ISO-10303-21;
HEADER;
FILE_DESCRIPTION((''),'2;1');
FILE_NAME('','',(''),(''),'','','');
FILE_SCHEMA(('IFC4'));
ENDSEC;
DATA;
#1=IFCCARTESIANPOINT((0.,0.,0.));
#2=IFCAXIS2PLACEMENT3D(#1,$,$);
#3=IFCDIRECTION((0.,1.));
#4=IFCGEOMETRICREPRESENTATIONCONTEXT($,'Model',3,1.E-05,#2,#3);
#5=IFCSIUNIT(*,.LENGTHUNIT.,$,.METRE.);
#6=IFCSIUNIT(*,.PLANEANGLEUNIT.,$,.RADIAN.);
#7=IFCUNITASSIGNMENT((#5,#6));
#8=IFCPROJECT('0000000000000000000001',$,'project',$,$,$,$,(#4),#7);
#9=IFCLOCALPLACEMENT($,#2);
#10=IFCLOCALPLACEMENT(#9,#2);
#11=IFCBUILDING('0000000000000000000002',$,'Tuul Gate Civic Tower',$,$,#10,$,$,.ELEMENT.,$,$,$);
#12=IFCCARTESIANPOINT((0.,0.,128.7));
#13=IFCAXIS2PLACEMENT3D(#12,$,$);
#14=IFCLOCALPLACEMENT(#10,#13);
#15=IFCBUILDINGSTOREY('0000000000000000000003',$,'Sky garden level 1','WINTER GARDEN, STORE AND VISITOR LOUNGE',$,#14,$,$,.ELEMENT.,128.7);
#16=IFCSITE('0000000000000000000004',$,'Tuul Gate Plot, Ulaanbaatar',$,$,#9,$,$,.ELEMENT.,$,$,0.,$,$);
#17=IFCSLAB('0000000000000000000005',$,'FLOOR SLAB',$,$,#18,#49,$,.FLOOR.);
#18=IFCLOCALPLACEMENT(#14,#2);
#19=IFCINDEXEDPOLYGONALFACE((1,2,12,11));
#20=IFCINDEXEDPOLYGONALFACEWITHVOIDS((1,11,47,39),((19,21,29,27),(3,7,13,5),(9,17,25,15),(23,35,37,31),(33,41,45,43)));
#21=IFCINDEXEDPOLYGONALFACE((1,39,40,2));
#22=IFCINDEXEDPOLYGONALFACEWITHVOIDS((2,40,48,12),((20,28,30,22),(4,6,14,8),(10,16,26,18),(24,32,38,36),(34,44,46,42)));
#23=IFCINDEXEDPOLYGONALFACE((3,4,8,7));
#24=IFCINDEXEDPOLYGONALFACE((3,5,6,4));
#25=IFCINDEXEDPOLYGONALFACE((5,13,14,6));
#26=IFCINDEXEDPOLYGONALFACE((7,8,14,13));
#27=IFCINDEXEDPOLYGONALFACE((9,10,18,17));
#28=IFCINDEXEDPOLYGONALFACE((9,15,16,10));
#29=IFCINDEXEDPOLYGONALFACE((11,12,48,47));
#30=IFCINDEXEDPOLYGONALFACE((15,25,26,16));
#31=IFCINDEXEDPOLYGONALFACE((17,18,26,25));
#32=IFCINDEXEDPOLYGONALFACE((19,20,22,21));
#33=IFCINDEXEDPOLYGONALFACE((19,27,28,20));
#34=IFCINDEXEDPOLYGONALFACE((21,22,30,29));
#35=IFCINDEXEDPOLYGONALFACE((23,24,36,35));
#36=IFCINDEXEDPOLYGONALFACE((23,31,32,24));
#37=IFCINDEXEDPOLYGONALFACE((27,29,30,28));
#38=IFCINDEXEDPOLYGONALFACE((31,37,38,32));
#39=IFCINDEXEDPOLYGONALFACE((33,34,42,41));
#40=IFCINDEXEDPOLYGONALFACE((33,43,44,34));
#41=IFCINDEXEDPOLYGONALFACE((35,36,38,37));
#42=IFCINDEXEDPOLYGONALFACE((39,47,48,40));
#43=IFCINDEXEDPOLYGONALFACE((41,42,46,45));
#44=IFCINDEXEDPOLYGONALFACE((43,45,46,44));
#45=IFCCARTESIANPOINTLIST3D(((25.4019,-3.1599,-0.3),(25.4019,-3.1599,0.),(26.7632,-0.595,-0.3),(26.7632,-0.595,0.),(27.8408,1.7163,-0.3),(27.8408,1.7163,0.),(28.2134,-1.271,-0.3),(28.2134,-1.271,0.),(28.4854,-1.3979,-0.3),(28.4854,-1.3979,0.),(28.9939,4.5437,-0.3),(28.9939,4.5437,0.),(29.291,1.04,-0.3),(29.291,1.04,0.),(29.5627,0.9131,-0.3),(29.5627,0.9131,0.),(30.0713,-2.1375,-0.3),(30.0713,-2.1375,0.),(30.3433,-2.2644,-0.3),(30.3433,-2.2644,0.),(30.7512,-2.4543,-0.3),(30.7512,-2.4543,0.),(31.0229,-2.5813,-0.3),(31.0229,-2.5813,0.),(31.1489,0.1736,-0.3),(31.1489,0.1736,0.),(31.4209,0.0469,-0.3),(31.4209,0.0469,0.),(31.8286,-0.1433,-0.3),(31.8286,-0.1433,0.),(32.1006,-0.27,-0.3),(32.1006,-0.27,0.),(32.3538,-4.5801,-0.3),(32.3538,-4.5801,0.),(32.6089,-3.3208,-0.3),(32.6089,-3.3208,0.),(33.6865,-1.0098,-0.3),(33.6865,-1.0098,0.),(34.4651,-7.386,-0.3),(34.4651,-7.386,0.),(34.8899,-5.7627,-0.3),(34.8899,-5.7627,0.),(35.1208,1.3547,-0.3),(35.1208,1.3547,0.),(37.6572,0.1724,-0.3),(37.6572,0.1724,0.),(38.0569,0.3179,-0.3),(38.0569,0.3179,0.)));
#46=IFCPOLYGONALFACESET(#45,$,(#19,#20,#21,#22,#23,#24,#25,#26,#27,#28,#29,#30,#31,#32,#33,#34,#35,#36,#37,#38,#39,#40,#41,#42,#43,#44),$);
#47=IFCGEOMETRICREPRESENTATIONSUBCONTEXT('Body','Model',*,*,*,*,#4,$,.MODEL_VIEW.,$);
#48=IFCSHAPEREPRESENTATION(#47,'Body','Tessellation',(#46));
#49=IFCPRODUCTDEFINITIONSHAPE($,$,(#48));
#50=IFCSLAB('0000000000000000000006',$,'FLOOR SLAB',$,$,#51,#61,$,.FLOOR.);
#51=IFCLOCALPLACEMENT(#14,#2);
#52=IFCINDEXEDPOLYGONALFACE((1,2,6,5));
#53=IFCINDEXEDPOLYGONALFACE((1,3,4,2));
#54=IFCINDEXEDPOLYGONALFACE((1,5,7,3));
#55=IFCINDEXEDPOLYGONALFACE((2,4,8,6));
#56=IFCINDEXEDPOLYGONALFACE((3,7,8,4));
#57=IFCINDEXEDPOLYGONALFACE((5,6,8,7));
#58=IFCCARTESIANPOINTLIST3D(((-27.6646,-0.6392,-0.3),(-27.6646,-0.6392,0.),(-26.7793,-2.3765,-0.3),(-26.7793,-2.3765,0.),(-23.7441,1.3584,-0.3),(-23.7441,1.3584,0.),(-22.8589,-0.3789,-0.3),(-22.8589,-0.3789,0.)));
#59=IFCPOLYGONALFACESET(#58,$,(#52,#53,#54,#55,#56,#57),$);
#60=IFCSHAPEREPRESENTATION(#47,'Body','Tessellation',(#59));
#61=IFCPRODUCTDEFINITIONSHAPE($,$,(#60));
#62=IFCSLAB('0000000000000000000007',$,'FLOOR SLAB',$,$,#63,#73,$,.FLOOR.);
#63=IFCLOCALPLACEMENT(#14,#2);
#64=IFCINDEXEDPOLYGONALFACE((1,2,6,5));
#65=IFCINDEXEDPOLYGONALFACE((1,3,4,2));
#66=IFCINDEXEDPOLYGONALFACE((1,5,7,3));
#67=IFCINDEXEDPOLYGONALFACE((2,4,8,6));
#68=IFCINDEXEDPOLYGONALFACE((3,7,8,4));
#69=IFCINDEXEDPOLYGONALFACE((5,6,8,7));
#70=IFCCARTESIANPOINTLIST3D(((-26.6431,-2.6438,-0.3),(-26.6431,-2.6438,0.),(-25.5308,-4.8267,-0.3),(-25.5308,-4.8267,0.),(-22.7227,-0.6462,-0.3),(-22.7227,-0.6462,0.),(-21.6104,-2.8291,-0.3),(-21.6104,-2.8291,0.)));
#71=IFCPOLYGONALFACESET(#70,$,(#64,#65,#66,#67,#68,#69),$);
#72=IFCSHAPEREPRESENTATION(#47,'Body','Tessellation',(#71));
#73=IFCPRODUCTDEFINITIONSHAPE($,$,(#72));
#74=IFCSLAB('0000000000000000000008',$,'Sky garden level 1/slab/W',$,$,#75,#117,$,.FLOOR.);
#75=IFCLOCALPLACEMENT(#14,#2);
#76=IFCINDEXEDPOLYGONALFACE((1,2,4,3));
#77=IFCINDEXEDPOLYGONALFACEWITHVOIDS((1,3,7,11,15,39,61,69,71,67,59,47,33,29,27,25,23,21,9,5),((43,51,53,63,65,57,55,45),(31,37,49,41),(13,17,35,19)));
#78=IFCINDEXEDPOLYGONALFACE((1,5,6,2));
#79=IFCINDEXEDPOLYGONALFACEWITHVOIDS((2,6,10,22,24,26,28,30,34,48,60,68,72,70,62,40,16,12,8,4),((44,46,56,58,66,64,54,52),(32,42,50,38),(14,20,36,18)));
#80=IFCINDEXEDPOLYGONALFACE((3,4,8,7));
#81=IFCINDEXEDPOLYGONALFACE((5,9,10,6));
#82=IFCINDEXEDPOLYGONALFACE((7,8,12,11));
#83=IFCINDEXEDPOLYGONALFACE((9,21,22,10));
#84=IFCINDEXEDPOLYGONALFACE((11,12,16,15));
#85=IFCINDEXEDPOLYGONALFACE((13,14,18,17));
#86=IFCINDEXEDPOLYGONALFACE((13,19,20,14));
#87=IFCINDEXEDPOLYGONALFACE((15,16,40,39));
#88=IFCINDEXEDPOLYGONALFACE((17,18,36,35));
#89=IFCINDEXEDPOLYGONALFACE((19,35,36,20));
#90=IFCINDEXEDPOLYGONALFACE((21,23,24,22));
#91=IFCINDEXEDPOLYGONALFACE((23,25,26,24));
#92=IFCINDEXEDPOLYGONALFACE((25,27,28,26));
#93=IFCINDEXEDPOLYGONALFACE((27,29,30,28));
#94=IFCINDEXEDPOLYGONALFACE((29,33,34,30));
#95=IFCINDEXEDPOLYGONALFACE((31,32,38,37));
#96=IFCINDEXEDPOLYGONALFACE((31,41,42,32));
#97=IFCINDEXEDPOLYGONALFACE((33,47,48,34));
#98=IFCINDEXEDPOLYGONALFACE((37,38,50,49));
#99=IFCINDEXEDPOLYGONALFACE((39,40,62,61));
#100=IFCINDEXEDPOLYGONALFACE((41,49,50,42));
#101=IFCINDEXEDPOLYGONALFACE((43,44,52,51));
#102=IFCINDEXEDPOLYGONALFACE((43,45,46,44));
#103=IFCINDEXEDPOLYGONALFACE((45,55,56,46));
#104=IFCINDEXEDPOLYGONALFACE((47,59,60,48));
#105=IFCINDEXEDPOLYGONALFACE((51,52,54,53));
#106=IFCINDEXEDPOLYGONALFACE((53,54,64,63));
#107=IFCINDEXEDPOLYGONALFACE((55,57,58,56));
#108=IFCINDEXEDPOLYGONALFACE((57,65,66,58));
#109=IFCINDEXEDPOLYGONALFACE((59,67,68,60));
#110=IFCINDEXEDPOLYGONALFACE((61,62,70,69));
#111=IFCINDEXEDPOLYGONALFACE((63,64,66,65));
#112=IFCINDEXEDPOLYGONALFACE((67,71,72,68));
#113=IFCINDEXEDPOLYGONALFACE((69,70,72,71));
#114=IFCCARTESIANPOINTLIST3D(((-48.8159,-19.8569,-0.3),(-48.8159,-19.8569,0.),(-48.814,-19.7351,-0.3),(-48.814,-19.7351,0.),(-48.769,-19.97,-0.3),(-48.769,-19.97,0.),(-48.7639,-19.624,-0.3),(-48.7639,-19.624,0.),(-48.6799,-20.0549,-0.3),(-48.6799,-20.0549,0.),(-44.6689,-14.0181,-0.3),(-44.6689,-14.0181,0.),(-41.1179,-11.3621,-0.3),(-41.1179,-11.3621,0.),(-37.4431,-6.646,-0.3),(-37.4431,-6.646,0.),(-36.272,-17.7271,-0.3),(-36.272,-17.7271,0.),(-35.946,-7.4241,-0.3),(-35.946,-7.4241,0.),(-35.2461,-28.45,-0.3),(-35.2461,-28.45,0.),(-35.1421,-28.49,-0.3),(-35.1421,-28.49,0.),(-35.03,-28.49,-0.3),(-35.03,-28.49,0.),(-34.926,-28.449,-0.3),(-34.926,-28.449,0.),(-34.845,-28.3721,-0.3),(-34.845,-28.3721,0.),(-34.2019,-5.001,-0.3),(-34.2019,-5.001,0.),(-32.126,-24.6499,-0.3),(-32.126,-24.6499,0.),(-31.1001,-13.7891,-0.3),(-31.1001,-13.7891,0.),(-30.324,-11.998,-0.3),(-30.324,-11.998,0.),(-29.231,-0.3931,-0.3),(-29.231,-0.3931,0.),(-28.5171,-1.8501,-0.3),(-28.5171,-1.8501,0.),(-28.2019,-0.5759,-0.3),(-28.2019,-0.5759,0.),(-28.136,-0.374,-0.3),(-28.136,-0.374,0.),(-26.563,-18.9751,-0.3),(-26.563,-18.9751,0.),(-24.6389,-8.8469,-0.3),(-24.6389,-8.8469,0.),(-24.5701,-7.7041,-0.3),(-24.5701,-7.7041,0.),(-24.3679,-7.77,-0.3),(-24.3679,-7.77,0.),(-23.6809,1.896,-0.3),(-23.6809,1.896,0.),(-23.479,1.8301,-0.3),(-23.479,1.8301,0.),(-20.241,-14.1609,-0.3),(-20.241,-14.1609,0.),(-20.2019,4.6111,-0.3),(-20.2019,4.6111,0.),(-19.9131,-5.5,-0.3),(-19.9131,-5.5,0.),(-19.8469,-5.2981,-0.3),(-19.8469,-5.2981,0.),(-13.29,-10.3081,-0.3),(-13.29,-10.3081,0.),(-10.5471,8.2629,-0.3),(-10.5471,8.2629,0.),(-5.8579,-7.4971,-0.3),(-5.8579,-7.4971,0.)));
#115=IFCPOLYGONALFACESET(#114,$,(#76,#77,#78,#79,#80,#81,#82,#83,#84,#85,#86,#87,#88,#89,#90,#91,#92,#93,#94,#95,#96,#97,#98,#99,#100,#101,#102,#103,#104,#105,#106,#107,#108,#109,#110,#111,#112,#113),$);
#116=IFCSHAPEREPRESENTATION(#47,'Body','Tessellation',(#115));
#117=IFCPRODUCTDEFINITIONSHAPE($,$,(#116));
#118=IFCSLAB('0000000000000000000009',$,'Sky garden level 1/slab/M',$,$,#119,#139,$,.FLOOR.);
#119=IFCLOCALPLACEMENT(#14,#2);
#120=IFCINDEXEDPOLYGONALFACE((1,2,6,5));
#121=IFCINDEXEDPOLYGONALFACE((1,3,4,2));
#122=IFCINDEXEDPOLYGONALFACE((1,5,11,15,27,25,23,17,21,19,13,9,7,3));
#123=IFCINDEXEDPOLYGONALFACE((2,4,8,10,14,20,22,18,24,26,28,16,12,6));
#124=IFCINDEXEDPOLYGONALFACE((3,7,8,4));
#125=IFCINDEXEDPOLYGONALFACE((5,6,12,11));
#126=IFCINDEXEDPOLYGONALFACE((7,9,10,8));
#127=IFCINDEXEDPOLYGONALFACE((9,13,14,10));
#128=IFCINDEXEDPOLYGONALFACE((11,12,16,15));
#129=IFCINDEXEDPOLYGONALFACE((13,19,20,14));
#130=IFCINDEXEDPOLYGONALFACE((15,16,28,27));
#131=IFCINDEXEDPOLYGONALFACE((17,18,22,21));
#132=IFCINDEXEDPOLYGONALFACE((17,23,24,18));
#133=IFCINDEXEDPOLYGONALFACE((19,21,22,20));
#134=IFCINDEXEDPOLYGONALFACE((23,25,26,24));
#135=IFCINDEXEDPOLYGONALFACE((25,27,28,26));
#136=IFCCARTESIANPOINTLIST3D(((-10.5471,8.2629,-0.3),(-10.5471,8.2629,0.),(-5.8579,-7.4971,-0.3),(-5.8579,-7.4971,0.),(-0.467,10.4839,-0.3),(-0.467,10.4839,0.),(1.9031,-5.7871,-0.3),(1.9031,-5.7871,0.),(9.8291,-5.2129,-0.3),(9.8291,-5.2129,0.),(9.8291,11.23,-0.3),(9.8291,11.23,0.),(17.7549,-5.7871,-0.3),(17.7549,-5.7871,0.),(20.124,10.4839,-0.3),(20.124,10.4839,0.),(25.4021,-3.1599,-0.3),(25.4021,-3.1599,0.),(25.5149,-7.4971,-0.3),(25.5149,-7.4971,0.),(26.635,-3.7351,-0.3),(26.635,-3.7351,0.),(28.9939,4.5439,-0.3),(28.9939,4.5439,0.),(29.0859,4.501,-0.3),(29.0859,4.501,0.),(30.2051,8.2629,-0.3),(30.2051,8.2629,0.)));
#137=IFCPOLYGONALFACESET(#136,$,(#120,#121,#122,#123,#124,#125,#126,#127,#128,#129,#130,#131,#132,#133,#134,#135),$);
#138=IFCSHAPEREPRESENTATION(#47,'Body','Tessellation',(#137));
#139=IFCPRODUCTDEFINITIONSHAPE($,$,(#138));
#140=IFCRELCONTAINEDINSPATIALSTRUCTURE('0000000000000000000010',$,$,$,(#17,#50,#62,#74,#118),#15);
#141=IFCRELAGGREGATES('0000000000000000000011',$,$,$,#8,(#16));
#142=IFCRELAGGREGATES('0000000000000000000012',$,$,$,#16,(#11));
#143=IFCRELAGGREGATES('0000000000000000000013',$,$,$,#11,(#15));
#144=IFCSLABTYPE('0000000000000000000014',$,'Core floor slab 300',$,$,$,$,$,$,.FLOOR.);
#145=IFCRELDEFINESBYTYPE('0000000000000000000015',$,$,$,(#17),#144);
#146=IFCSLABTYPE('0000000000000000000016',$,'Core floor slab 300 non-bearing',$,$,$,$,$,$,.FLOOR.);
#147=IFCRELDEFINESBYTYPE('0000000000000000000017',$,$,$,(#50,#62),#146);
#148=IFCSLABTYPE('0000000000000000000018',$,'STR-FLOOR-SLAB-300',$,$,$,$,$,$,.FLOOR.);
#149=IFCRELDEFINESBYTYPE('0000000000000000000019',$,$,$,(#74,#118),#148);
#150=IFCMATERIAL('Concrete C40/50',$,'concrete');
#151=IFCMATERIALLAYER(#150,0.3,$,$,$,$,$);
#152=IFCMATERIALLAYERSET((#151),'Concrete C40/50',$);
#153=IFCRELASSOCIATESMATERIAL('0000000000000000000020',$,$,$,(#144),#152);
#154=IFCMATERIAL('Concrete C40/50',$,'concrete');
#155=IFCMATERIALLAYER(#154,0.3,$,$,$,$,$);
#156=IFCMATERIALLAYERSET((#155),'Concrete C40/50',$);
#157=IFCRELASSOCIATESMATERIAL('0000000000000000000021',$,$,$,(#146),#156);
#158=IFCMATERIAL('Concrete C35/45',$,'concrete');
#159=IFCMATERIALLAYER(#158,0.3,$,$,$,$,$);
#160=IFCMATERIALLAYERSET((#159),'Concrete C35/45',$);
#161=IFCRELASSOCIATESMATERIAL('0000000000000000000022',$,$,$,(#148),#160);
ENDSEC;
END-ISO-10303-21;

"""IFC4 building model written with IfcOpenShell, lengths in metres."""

from ifc_helpers import new_model, si_unit, direction, frame, origin, place, context, subcontext, project, spatial, polyline, outline, extrude, material, layer, layer_set, type_object, element, save


model = new_model("IFC4")

# Units and contexts
model_context = context("Model", 3, precision=1e-05, world=origin(), true_north=direction((0.0, 1.0)))
body_context = subcontext(model_context, "Body", "Model", "MODEL_VIEW")
ifc_project = project(units=[si_unit("LENGTHUNIT", "METRE"), si_unit("PLANEANGLEUNIT", "RADIAN")], contexts=[model_context])

# Site, building, storey
site_placement = place(None, origin())
site = spatial("IfcSite", under=ifc_project, at=site_placement, Name="Tuul Gate Plot, Ulaanbaatar", CompositionType="ELEMENT", RefElevation=0.0)
building_placement = place(site_placement, origin())
building = spatial("IfcBuilding", under=site, at=building_placement, Name="Tuul Gate Civic Tower", CompositionType="ELEMENT")
storey_placement = place(building_placement, frame((0.0, 0.0, 128.7)))
storey = spatial("IfcBuildingStorey", under=building, at=storey_placement, Name="Sky garden level 1", Description="WINTER GARDEN, STORE AND VISITOR LOUNGE", CompositionType="ELEMENT", Elevation=128.7)

# Slabs
ifc_material_1 = material(Name="Concrete C40/50", Category="concrete")
ifc_layer_1 = layer(ifc_material_1, 0.3)
ifc_layer_set_1 = layer_set([ifc_layer_1], Name="Concrete C40/50")
slab_type_1 = type_object("IfcSlabType", Name="Core floor slab 300", PredefinedType="FLOOR", material=ifc_layer_set_1)
slab_1_placement = place(storey_placement, frame((0.0, 0.0, -0.3)))
element("IfcSlab", 1, at=slab_1_placement, inside=storey, type_object=slab_type_1, Name="FLOOR SLAB", PredefinedType="FLOOR", context=body_context, shape_type="SweptSolid", body=[
    extrude(outline(polyline([(34.4651, -7.386), (38.0569, 0.3179), (28.9939, 4.5437), (25.4019, -3.1599), (34.4651, -7.386)]), holes=[polyline([(32.6089, -3.3208), (33.6865, -1.0098), (32.1006, -0.27), (31.0229, -2.5813), (32.6089, -3.3208)]), polyline([(30.0713, -2.1375), (31.1489, 0.1736), (29.5627, 0.9131), (28.4854, -1.3979), (30.0713, -2.1375)]), polyline([(30.7512, -2.4543), (31.8286, -0.1433), (31.4209, 0.0469), (30.3433, -2.2644), (30.7512, -2.4543)]), polyline([(28.2134, -1.271), (29.291, 1.04), (27.8408, 1.7163), (26.7632, -0.595), (28.2134, -1.271)]), polyline([(34.8899, -5.7627), (32.3538, -4.5801), (35.1208, 1.3547), (37.6572, 0.1724), (34.8899, -5.7627)])]), origin(), (0.0, 0.0, 1.0), 0.3),
])
ifc_material_2 = material(Name="Concrete C40/50", Category="concrete")
ifc_layer_2 = layer(ifc_material_2, 0.3)
ifc_layer_set_2 = layer_set([ifc_layer_2], Name="Concrete C40/50")
slab_type_2 = type_object("IfcSlabType", Name="Core floor slab 300 non-bearing", PredefinedType="FLOOR", material=ifc_layer_set_2)
slab_2_placement = place(storey_placement, frame((0.0, 0.0, -0.3)))
element("IfcSlab", 2, at=slab_2_placement, inside=storey, type_object=slab_type_2, Name="FLOOR SLAB", PredefinedType="FLOOR", context=body_context, shape_type="SweptSolid", body=[
    extrude(outline(polyline([(-27.6646, -0.6392), (-23.7441, 1.3584), (-22.8589, -0.3789), (-26.7793, -2.3765), (-27.6646, -0.6392)])), origin(), (0.0, 0.0, 1.0), 0.3),
])
slab_3_placement = place(storey_placement, frame((0.0, 0.0, -0.3)))
element("IfcSlab", 3, at=slab_3_placement, inside=storey, type_object=slab_type_2, Name="FLOOR SLAB", PredefinedType="FLOOR", context=body_context, shape_type="SweptSolid", body=[
    extrude(outline(polyline([(-26.6431, -2.6438), (-22.7227, -0.6462), (-21.6104, -2.8291), (-25.5308, -4.8267), (-26.6431, -2.6438)])), origin(), (0.0, 0.0, 1.0), 0.3),
])
ifc_material_3 = material(Name="Concrete C35/45", Category="concrete")
ifc_layer_3 = layer(ifc_material_3, 0.3)
ifc_layer_set_3 = layer_set([ifc_layer_3], Name="Concrete C35/45")
slab_type_3 = type_object("IfcSlabType", Name="STR-FLOOR-SLAB-300", PredefinedType="FLOOR", material=ifc_layer_set_3)
slab_4_placement = place(storey_placement, frame((0.0, 0.0, -0.3)))
element("IfcSlab", 4, at=slab_4_placement, inside=storey, type_object=slab_type_3, Name="Sky garden level 1/slab/W", PredefinedType="FLOOR", context=body_context, shape_type="SweptSolid", body=[
    extrude(outline(polyline([(-5.8579, -7.4971), (-10.5471, 8.2629), (-20.2019, 4.6111), (-29.231, -0.3931), (-37.4431, -6.646), (-44.6689, -14.0181), (-48.7639, -19.624), (-48.814, -19.7351), (-48.8159, -19.8569), (-48.769, -19.97), (-48.6799, -20.0549), (-35.2461, -28.45), (-35.1421, -28.49), (-35.03, -28.49), (-34.926, -28.449), (-34.845, -28.3721), (-32.126, -24.6499), (-26.563, -18.9751), (-20.241, -14.1609), (-13.29, -10.3081), (-5.8579, -7.4971)]), holes=[polyline([(-31.1001, -13.7891), (-36.272, -17.7271), (-41.1179, -11.3621), (-35.946, -7.4241), (-31.1001, -13.7891)]), polyline([(-30.324, -11.998), (-34.2019, -5.001), (-28.5171, -1.8501), (-24.6389, -8.8469), (-30.324, -11.998)]), polyline([(-24.3679, -7.77), (-24.5701, -7.7041), (-28.2019, -0.5759), (-28.136, -0.374), (-23.6809, 1.896), (-23.479, 1.8301), (-19.8469, -5.2981), (-19.9131, -5.5), (-24.3679, -7.77)])]), origin(), (0.0, 0.0, 1.0), 0.3),
])
slab_5_placement = place(storey_placement, frame((0.0, 0.0, -0.3)))
element("IfcSlab", 5, at=slab_5_placement, inside=storey, type_object=slab_type_3, Name="Sky garden level 1/slab/M", PredefinedType="FLOOR", context=body_context, shape_type="SweptSolid", body=[
    extrude(outline(polyline([(25.5149, -7.4971), (26.635, -3.7351), (25.4021, -3.1599), (28.9939, 4.5439), (29.0859, 4.501), (30.2051, 8.2629), (20.124, 10.4839), (9.8291, 11.23), (-0.467, 10.4839), (-10.5471, 8.2629), (-5.8579, -7.4971), (1.9031, -5.7871), (9.8291, -5.2129), (17.7549, -5.7871), (25.5149, -7.4971)])), origin(), (0.0, 0.0, 1.0), 0.3),
])

save(model, "model.ifc")
